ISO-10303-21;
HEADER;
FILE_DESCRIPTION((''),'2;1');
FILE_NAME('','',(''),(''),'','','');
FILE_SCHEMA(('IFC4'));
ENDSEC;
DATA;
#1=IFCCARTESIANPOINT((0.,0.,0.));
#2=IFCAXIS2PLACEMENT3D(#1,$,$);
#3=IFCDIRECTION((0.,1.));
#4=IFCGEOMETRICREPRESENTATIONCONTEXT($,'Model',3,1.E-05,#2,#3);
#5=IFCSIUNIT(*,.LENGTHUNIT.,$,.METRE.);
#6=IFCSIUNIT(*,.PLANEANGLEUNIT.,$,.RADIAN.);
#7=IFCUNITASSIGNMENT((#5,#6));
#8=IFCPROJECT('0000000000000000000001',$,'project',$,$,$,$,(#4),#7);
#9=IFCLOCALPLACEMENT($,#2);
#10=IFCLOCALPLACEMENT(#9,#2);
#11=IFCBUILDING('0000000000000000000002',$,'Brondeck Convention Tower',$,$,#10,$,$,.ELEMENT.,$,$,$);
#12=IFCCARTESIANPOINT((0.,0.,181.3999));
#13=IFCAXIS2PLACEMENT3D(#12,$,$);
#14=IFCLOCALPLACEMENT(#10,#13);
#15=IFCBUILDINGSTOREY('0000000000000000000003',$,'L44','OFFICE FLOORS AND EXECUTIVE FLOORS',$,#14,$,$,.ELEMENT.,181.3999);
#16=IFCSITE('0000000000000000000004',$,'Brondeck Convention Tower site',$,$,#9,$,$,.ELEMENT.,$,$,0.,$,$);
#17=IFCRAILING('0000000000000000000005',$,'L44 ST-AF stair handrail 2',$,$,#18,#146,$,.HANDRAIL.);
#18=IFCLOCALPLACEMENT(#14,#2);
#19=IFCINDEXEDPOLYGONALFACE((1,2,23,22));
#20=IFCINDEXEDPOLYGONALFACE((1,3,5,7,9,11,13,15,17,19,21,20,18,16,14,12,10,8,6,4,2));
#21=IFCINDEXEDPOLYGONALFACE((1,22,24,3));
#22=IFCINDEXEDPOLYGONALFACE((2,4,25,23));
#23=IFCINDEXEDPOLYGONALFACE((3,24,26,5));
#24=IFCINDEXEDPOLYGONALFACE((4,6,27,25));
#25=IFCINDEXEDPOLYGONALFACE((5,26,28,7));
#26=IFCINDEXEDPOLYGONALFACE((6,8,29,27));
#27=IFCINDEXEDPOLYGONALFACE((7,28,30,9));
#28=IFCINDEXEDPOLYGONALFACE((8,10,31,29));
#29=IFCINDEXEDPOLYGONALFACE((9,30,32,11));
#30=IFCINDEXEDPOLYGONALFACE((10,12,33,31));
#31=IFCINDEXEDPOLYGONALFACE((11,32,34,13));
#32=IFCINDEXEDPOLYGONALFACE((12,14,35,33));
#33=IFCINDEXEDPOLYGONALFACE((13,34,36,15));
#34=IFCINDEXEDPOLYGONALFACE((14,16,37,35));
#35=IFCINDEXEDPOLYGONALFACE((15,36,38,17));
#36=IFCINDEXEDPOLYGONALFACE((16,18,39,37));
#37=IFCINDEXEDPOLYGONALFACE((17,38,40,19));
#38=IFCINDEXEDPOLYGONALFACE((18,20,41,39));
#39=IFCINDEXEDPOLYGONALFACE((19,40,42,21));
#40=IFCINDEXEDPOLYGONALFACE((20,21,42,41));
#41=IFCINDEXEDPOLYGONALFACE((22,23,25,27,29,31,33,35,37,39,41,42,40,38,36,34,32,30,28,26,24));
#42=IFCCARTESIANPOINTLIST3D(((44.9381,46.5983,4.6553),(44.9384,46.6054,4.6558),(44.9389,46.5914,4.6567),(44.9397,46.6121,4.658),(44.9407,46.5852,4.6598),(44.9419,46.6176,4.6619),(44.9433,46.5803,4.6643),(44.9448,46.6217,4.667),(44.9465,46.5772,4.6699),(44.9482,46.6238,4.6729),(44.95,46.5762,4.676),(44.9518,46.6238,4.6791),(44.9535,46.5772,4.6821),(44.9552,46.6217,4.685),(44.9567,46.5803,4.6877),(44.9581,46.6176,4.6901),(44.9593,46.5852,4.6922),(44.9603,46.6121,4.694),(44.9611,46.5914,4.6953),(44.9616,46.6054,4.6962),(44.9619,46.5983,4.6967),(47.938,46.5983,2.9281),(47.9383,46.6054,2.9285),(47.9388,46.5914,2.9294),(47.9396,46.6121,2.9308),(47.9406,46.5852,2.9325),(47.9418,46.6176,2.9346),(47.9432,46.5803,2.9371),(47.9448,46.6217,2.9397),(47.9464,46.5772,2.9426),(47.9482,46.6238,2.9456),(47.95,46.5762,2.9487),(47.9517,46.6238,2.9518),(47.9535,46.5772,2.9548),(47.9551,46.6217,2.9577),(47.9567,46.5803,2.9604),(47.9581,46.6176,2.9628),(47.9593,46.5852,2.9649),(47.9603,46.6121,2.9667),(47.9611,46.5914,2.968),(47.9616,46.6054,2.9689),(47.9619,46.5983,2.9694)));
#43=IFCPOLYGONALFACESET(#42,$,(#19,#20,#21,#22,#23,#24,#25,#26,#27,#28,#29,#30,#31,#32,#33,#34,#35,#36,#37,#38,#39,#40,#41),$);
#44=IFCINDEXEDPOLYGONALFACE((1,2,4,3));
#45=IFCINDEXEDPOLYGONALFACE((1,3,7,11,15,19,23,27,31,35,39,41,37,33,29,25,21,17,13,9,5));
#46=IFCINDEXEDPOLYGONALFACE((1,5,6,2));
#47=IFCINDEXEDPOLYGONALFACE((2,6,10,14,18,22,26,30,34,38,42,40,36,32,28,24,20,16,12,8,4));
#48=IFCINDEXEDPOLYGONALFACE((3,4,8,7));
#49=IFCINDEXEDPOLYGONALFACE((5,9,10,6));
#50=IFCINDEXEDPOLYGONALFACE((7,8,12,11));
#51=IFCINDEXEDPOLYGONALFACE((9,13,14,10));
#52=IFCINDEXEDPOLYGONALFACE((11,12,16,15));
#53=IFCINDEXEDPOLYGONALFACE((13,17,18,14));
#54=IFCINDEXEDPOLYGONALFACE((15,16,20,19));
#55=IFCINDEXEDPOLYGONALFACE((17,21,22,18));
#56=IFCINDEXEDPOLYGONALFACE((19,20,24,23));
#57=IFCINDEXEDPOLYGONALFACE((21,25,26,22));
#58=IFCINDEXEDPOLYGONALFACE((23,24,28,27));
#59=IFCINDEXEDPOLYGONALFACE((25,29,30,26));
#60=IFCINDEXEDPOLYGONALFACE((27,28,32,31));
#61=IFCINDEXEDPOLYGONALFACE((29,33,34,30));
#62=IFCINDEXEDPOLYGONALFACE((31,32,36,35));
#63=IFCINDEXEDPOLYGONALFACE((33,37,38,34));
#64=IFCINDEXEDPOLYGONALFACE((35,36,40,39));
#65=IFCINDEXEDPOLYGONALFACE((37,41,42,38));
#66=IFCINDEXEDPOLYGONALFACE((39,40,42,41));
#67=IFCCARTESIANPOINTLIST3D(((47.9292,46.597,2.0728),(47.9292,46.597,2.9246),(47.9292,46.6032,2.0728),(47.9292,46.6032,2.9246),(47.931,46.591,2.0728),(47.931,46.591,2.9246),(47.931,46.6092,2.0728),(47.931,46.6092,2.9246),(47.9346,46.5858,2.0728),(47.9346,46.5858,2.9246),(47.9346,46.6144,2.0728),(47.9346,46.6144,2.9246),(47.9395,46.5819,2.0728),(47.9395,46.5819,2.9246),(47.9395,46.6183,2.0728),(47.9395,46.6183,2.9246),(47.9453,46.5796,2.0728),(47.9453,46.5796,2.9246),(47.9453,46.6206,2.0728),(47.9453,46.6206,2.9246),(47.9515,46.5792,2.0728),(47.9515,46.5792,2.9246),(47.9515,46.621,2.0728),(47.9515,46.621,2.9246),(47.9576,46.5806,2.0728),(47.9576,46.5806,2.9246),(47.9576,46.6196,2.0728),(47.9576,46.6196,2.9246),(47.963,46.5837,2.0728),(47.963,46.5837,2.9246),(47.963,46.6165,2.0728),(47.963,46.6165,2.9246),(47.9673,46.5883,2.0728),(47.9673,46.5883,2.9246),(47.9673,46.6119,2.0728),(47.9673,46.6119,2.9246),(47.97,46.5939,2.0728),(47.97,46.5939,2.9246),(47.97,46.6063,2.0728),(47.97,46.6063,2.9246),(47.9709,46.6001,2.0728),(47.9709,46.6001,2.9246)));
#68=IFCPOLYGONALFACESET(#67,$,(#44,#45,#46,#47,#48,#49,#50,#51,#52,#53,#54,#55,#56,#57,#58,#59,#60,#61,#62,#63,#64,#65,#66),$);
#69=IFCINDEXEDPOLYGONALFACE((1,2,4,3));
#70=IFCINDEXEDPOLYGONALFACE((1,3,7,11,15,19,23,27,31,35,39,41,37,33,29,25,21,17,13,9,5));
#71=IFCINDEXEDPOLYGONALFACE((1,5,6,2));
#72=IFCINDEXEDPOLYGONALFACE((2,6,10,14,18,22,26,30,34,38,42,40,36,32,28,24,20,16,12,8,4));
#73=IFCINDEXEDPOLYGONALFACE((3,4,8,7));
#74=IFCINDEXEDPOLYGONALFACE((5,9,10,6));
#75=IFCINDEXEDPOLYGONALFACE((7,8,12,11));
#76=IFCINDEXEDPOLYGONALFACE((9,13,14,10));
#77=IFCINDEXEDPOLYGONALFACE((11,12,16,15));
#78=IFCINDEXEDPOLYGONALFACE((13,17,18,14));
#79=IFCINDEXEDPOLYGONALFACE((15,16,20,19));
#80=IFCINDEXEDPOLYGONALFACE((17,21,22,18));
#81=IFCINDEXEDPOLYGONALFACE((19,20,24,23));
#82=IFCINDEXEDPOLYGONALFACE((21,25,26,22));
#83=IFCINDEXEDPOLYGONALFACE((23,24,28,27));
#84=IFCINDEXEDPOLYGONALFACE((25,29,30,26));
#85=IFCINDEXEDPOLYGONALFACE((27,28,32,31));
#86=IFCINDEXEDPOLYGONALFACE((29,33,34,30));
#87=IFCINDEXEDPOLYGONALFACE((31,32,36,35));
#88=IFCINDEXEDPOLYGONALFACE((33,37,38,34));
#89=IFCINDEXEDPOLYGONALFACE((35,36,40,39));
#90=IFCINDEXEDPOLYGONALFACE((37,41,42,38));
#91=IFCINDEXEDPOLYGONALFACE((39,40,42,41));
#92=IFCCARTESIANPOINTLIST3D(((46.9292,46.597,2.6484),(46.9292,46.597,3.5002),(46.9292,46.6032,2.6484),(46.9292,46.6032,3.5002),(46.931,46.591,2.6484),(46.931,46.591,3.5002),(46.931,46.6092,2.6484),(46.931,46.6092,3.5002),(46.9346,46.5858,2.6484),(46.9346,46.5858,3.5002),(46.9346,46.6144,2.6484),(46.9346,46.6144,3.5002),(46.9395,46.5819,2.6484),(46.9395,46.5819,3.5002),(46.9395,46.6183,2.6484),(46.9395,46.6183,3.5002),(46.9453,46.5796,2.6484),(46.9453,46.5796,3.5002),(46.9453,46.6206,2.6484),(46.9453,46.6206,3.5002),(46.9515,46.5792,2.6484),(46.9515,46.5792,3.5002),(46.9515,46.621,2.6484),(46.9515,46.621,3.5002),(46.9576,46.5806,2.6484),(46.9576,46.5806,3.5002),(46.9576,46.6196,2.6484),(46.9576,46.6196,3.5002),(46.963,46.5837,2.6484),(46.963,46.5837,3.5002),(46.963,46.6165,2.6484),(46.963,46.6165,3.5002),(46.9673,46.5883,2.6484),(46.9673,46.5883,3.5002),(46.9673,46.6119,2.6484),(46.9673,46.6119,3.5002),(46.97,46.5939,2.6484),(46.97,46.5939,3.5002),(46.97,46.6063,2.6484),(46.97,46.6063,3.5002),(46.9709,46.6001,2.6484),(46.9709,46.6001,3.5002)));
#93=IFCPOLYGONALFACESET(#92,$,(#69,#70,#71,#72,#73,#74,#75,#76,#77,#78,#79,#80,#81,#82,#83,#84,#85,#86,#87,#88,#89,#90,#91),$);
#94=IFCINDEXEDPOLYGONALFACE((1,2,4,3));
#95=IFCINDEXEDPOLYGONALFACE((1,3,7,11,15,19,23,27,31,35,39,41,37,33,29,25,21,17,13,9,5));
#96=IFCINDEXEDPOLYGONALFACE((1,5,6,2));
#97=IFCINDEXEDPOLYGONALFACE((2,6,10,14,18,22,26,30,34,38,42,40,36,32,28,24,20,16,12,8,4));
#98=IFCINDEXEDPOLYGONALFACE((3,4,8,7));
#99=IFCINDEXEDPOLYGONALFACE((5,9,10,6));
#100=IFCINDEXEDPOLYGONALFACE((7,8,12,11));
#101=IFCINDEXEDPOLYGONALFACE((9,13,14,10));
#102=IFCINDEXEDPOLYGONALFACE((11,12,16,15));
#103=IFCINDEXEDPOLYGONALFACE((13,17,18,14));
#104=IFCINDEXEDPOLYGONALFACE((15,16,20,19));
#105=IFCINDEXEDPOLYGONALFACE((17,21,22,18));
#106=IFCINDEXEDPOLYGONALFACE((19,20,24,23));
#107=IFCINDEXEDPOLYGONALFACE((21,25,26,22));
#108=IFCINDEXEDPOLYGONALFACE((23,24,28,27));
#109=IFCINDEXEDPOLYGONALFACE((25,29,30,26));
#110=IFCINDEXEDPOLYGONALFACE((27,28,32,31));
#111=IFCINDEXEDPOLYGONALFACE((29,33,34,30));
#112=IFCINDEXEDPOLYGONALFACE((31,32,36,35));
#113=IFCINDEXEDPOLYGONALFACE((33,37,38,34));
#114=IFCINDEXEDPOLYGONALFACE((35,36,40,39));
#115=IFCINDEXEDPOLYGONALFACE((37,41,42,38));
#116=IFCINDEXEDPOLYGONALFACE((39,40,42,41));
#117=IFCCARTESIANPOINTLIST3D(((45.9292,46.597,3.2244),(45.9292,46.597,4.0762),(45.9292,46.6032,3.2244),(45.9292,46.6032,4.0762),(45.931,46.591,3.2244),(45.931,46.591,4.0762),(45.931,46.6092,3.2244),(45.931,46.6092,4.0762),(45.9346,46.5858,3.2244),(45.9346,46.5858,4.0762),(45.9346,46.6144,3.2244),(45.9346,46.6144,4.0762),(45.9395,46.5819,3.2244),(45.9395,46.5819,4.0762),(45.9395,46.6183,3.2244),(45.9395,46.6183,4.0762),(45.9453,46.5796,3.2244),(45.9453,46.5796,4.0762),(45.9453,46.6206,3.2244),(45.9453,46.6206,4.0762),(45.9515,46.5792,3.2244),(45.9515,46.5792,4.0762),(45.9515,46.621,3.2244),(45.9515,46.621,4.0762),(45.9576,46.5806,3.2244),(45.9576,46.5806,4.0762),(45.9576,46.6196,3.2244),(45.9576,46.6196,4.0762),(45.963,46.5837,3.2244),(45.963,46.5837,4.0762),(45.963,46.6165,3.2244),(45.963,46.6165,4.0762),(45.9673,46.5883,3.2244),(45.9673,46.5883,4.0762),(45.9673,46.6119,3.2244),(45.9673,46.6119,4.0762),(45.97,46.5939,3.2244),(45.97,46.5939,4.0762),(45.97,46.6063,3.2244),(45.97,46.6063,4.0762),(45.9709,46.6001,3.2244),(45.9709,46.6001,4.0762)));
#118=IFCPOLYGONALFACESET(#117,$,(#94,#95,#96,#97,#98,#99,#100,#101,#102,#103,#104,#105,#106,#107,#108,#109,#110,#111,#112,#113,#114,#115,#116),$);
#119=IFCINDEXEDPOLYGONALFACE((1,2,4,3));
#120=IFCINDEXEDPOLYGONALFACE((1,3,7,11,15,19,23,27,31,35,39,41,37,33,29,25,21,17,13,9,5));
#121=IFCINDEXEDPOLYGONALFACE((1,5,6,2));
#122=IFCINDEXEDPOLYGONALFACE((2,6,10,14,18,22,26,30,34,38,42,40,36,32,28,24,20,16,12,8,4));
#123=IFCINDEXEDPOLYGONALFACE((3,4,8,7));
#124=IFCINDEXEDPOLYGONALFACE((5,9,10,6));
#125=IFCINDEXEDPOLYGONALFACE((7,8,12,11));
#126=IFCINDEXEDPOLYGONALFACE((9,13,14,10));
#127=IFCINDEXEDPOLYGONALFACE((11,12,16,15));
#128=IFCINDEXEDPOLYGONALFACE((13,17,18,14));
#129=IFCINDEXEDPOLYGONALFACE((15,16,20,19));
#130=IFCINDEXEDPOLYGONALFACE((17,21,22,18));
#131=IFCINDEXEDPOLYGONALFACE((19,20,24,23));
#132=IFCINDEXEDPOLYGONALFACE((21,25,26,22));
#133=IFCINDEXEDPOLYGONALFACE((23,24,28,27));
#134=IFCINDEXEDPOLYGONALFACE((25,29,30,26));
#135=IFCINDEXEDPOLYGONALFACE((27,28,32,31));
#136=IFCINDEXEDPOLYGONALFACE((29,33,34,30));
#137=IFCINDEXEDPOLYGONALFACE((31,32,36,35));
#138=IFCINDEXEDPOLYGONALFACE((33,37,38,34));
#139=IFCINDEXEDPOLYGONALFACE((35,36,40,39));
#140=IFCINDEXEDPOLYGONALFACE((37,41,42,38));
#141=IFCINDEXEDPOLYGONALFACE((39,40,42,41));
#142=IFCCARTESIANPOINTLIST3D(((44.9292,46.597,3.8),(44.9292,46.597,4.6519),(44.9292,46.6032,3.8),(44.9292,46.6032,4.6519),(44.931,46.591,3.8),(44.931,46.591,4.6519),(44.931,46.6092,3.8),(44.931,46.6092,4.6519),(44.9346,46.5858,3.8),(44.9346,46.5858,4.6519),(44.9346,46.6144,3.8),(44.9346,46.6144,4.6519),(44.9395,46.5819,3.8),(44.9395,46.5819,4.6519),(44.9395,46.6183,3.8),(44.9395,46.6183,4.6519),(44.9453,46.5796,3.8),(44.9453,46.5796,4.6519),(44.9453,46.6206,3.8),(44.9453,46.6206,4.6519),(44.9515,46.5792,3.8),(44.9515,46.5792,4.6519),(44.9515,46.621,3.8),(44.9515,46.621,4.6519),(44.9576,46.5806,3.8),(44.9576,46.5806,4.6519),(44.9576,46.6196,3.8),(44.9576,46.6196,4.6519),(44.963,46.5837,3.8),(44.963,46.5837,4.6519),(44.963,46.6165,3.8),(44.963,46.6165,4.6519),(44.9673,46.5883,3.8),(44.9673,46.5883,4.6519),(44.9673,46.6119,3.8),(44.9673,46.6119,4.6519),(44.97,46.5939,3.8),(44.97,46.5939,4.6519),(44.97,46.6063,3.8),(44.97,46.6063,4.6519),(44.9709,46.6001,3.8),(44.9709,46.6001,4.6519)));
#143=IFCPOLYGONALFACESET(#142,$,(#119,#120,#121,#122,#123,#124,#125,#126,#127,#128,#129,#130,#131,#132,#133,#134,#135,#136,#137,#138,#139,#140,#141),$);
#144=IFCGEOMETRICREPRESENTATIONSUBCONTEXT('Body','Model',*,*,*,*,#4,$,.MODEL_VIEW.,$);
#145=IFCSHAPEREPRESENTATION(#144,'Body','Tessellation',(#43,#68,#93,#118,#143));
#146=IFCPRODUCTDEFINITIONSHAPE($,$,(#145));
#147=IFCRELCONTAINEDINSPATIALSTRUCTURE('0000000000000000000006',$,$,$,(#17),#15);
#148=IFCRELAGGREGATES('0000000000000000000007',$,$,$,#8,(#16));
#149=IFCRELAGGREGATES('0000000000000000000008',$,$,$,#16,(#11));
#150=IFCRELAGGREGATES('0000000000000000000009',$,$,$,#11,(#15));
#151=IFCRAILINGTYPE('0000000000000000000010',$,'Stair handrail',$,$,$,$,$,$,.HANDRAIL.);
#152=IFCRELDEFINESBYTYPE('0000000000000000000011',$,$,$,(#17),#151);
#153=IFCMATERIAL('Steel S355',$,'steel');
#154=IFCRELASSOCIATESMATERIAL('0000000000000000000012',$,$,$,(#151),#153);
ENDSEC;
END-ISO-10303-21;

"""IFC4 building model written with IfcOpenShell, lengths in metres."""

from ifc_helpers import new_model, si_unit, direction, frame, origin, origin_2d, place, context, subcontext, project, spatial, circle, extrude, material, type_object, element, save


model = new_model("IFC4")

# Units and contexts
model_context = context("Model", 3, precision=1e-05, world=origin(), true_north=direction((0.0, 1.0)))
body_context = subcontext(model_context, "Body", "Model", "MODEL_VIEW")
ifc_project = project(units=[si_unit("LENGTHUNIT", "METRE"), si_unit("PLANEANGLEUNIT", "RADIAN")], contexts=[model_context])

# Site, building, storey
site_placement = place(None, origin())
site = spatial("IfcSite", under=ifc_project, at=site_placement, Name="Brondeck Convention Tower site", CompositionType="ELEMENT", RefElevation=0.0)
building_placement = place(site_placement, origin())
building = spatial("IfcBuilding", under=site, at=building_placement, Name="Brondeck Convention Tower", CompositionType="ELEMENT")
storey_placement = place(building_placement, frame((0.0, 0.0, 181.3999)))
storey = spatial("IfcBuildingStorey", under=building, at=storey_placement, Name="L44", Description="OFFICE FLOORS AND EXECUTIVE FLOORS", CompositionType="ELEMENT", Elevation=181.3999)

# Shared definitions
ifc_material_1 = material(Name="Steel S355", Category="steel")

# Railing
railing_type_1 = type_object("IfcRailingType", Name="Stair handrail", PredefinedType="HANDRAIL", material=ifc_material_1)
railing_1_placement = place(storey_placement, frame((47.95, 46.6001, 2.0728)))
element("IfcRailing", 1, at=railing_1_placement, inside=storey, type_object=railing_type_1, Name="L44 ST-AF stair handrail 2", PredefinedType="HANDRAIL", context=body_context, shape_type="SweptSolid", body=[
    extrude(circle(Radius=0.0239, at=origin_2d()), frame((0.0, 0.0, 0.876), z_axis=(-0.86662, 0.0, 0.498969), x_axis=(0.0, -1.0, 0.0)), (0.0, 0.0, 1.0), 3.4617),
    extrude(circle(Radius=0.021, at=origin_2d()), origin(), (0.0, 0.0, 1.0), 0.8518),
    extrude(circle(Radius=0.021, at=origin_2d()), frame((-1.0, 0.0, 0.5757)), (0.0, 0.0, 1.0), 0.8518),
    extrude(circle(Radius=0.021, at=origin_2d()), frame((-2.0, 0.0, 1.1516)), (0.0, 0.0, 1.0), 0.8518),
    extrude(circle(Radius=0.021, at=origin_2d()), frame((-3.0, 0.0, 1.7273)), (0.0, 0.0, 1.0), 0.8518),
])

save(model, "model.ifc")
